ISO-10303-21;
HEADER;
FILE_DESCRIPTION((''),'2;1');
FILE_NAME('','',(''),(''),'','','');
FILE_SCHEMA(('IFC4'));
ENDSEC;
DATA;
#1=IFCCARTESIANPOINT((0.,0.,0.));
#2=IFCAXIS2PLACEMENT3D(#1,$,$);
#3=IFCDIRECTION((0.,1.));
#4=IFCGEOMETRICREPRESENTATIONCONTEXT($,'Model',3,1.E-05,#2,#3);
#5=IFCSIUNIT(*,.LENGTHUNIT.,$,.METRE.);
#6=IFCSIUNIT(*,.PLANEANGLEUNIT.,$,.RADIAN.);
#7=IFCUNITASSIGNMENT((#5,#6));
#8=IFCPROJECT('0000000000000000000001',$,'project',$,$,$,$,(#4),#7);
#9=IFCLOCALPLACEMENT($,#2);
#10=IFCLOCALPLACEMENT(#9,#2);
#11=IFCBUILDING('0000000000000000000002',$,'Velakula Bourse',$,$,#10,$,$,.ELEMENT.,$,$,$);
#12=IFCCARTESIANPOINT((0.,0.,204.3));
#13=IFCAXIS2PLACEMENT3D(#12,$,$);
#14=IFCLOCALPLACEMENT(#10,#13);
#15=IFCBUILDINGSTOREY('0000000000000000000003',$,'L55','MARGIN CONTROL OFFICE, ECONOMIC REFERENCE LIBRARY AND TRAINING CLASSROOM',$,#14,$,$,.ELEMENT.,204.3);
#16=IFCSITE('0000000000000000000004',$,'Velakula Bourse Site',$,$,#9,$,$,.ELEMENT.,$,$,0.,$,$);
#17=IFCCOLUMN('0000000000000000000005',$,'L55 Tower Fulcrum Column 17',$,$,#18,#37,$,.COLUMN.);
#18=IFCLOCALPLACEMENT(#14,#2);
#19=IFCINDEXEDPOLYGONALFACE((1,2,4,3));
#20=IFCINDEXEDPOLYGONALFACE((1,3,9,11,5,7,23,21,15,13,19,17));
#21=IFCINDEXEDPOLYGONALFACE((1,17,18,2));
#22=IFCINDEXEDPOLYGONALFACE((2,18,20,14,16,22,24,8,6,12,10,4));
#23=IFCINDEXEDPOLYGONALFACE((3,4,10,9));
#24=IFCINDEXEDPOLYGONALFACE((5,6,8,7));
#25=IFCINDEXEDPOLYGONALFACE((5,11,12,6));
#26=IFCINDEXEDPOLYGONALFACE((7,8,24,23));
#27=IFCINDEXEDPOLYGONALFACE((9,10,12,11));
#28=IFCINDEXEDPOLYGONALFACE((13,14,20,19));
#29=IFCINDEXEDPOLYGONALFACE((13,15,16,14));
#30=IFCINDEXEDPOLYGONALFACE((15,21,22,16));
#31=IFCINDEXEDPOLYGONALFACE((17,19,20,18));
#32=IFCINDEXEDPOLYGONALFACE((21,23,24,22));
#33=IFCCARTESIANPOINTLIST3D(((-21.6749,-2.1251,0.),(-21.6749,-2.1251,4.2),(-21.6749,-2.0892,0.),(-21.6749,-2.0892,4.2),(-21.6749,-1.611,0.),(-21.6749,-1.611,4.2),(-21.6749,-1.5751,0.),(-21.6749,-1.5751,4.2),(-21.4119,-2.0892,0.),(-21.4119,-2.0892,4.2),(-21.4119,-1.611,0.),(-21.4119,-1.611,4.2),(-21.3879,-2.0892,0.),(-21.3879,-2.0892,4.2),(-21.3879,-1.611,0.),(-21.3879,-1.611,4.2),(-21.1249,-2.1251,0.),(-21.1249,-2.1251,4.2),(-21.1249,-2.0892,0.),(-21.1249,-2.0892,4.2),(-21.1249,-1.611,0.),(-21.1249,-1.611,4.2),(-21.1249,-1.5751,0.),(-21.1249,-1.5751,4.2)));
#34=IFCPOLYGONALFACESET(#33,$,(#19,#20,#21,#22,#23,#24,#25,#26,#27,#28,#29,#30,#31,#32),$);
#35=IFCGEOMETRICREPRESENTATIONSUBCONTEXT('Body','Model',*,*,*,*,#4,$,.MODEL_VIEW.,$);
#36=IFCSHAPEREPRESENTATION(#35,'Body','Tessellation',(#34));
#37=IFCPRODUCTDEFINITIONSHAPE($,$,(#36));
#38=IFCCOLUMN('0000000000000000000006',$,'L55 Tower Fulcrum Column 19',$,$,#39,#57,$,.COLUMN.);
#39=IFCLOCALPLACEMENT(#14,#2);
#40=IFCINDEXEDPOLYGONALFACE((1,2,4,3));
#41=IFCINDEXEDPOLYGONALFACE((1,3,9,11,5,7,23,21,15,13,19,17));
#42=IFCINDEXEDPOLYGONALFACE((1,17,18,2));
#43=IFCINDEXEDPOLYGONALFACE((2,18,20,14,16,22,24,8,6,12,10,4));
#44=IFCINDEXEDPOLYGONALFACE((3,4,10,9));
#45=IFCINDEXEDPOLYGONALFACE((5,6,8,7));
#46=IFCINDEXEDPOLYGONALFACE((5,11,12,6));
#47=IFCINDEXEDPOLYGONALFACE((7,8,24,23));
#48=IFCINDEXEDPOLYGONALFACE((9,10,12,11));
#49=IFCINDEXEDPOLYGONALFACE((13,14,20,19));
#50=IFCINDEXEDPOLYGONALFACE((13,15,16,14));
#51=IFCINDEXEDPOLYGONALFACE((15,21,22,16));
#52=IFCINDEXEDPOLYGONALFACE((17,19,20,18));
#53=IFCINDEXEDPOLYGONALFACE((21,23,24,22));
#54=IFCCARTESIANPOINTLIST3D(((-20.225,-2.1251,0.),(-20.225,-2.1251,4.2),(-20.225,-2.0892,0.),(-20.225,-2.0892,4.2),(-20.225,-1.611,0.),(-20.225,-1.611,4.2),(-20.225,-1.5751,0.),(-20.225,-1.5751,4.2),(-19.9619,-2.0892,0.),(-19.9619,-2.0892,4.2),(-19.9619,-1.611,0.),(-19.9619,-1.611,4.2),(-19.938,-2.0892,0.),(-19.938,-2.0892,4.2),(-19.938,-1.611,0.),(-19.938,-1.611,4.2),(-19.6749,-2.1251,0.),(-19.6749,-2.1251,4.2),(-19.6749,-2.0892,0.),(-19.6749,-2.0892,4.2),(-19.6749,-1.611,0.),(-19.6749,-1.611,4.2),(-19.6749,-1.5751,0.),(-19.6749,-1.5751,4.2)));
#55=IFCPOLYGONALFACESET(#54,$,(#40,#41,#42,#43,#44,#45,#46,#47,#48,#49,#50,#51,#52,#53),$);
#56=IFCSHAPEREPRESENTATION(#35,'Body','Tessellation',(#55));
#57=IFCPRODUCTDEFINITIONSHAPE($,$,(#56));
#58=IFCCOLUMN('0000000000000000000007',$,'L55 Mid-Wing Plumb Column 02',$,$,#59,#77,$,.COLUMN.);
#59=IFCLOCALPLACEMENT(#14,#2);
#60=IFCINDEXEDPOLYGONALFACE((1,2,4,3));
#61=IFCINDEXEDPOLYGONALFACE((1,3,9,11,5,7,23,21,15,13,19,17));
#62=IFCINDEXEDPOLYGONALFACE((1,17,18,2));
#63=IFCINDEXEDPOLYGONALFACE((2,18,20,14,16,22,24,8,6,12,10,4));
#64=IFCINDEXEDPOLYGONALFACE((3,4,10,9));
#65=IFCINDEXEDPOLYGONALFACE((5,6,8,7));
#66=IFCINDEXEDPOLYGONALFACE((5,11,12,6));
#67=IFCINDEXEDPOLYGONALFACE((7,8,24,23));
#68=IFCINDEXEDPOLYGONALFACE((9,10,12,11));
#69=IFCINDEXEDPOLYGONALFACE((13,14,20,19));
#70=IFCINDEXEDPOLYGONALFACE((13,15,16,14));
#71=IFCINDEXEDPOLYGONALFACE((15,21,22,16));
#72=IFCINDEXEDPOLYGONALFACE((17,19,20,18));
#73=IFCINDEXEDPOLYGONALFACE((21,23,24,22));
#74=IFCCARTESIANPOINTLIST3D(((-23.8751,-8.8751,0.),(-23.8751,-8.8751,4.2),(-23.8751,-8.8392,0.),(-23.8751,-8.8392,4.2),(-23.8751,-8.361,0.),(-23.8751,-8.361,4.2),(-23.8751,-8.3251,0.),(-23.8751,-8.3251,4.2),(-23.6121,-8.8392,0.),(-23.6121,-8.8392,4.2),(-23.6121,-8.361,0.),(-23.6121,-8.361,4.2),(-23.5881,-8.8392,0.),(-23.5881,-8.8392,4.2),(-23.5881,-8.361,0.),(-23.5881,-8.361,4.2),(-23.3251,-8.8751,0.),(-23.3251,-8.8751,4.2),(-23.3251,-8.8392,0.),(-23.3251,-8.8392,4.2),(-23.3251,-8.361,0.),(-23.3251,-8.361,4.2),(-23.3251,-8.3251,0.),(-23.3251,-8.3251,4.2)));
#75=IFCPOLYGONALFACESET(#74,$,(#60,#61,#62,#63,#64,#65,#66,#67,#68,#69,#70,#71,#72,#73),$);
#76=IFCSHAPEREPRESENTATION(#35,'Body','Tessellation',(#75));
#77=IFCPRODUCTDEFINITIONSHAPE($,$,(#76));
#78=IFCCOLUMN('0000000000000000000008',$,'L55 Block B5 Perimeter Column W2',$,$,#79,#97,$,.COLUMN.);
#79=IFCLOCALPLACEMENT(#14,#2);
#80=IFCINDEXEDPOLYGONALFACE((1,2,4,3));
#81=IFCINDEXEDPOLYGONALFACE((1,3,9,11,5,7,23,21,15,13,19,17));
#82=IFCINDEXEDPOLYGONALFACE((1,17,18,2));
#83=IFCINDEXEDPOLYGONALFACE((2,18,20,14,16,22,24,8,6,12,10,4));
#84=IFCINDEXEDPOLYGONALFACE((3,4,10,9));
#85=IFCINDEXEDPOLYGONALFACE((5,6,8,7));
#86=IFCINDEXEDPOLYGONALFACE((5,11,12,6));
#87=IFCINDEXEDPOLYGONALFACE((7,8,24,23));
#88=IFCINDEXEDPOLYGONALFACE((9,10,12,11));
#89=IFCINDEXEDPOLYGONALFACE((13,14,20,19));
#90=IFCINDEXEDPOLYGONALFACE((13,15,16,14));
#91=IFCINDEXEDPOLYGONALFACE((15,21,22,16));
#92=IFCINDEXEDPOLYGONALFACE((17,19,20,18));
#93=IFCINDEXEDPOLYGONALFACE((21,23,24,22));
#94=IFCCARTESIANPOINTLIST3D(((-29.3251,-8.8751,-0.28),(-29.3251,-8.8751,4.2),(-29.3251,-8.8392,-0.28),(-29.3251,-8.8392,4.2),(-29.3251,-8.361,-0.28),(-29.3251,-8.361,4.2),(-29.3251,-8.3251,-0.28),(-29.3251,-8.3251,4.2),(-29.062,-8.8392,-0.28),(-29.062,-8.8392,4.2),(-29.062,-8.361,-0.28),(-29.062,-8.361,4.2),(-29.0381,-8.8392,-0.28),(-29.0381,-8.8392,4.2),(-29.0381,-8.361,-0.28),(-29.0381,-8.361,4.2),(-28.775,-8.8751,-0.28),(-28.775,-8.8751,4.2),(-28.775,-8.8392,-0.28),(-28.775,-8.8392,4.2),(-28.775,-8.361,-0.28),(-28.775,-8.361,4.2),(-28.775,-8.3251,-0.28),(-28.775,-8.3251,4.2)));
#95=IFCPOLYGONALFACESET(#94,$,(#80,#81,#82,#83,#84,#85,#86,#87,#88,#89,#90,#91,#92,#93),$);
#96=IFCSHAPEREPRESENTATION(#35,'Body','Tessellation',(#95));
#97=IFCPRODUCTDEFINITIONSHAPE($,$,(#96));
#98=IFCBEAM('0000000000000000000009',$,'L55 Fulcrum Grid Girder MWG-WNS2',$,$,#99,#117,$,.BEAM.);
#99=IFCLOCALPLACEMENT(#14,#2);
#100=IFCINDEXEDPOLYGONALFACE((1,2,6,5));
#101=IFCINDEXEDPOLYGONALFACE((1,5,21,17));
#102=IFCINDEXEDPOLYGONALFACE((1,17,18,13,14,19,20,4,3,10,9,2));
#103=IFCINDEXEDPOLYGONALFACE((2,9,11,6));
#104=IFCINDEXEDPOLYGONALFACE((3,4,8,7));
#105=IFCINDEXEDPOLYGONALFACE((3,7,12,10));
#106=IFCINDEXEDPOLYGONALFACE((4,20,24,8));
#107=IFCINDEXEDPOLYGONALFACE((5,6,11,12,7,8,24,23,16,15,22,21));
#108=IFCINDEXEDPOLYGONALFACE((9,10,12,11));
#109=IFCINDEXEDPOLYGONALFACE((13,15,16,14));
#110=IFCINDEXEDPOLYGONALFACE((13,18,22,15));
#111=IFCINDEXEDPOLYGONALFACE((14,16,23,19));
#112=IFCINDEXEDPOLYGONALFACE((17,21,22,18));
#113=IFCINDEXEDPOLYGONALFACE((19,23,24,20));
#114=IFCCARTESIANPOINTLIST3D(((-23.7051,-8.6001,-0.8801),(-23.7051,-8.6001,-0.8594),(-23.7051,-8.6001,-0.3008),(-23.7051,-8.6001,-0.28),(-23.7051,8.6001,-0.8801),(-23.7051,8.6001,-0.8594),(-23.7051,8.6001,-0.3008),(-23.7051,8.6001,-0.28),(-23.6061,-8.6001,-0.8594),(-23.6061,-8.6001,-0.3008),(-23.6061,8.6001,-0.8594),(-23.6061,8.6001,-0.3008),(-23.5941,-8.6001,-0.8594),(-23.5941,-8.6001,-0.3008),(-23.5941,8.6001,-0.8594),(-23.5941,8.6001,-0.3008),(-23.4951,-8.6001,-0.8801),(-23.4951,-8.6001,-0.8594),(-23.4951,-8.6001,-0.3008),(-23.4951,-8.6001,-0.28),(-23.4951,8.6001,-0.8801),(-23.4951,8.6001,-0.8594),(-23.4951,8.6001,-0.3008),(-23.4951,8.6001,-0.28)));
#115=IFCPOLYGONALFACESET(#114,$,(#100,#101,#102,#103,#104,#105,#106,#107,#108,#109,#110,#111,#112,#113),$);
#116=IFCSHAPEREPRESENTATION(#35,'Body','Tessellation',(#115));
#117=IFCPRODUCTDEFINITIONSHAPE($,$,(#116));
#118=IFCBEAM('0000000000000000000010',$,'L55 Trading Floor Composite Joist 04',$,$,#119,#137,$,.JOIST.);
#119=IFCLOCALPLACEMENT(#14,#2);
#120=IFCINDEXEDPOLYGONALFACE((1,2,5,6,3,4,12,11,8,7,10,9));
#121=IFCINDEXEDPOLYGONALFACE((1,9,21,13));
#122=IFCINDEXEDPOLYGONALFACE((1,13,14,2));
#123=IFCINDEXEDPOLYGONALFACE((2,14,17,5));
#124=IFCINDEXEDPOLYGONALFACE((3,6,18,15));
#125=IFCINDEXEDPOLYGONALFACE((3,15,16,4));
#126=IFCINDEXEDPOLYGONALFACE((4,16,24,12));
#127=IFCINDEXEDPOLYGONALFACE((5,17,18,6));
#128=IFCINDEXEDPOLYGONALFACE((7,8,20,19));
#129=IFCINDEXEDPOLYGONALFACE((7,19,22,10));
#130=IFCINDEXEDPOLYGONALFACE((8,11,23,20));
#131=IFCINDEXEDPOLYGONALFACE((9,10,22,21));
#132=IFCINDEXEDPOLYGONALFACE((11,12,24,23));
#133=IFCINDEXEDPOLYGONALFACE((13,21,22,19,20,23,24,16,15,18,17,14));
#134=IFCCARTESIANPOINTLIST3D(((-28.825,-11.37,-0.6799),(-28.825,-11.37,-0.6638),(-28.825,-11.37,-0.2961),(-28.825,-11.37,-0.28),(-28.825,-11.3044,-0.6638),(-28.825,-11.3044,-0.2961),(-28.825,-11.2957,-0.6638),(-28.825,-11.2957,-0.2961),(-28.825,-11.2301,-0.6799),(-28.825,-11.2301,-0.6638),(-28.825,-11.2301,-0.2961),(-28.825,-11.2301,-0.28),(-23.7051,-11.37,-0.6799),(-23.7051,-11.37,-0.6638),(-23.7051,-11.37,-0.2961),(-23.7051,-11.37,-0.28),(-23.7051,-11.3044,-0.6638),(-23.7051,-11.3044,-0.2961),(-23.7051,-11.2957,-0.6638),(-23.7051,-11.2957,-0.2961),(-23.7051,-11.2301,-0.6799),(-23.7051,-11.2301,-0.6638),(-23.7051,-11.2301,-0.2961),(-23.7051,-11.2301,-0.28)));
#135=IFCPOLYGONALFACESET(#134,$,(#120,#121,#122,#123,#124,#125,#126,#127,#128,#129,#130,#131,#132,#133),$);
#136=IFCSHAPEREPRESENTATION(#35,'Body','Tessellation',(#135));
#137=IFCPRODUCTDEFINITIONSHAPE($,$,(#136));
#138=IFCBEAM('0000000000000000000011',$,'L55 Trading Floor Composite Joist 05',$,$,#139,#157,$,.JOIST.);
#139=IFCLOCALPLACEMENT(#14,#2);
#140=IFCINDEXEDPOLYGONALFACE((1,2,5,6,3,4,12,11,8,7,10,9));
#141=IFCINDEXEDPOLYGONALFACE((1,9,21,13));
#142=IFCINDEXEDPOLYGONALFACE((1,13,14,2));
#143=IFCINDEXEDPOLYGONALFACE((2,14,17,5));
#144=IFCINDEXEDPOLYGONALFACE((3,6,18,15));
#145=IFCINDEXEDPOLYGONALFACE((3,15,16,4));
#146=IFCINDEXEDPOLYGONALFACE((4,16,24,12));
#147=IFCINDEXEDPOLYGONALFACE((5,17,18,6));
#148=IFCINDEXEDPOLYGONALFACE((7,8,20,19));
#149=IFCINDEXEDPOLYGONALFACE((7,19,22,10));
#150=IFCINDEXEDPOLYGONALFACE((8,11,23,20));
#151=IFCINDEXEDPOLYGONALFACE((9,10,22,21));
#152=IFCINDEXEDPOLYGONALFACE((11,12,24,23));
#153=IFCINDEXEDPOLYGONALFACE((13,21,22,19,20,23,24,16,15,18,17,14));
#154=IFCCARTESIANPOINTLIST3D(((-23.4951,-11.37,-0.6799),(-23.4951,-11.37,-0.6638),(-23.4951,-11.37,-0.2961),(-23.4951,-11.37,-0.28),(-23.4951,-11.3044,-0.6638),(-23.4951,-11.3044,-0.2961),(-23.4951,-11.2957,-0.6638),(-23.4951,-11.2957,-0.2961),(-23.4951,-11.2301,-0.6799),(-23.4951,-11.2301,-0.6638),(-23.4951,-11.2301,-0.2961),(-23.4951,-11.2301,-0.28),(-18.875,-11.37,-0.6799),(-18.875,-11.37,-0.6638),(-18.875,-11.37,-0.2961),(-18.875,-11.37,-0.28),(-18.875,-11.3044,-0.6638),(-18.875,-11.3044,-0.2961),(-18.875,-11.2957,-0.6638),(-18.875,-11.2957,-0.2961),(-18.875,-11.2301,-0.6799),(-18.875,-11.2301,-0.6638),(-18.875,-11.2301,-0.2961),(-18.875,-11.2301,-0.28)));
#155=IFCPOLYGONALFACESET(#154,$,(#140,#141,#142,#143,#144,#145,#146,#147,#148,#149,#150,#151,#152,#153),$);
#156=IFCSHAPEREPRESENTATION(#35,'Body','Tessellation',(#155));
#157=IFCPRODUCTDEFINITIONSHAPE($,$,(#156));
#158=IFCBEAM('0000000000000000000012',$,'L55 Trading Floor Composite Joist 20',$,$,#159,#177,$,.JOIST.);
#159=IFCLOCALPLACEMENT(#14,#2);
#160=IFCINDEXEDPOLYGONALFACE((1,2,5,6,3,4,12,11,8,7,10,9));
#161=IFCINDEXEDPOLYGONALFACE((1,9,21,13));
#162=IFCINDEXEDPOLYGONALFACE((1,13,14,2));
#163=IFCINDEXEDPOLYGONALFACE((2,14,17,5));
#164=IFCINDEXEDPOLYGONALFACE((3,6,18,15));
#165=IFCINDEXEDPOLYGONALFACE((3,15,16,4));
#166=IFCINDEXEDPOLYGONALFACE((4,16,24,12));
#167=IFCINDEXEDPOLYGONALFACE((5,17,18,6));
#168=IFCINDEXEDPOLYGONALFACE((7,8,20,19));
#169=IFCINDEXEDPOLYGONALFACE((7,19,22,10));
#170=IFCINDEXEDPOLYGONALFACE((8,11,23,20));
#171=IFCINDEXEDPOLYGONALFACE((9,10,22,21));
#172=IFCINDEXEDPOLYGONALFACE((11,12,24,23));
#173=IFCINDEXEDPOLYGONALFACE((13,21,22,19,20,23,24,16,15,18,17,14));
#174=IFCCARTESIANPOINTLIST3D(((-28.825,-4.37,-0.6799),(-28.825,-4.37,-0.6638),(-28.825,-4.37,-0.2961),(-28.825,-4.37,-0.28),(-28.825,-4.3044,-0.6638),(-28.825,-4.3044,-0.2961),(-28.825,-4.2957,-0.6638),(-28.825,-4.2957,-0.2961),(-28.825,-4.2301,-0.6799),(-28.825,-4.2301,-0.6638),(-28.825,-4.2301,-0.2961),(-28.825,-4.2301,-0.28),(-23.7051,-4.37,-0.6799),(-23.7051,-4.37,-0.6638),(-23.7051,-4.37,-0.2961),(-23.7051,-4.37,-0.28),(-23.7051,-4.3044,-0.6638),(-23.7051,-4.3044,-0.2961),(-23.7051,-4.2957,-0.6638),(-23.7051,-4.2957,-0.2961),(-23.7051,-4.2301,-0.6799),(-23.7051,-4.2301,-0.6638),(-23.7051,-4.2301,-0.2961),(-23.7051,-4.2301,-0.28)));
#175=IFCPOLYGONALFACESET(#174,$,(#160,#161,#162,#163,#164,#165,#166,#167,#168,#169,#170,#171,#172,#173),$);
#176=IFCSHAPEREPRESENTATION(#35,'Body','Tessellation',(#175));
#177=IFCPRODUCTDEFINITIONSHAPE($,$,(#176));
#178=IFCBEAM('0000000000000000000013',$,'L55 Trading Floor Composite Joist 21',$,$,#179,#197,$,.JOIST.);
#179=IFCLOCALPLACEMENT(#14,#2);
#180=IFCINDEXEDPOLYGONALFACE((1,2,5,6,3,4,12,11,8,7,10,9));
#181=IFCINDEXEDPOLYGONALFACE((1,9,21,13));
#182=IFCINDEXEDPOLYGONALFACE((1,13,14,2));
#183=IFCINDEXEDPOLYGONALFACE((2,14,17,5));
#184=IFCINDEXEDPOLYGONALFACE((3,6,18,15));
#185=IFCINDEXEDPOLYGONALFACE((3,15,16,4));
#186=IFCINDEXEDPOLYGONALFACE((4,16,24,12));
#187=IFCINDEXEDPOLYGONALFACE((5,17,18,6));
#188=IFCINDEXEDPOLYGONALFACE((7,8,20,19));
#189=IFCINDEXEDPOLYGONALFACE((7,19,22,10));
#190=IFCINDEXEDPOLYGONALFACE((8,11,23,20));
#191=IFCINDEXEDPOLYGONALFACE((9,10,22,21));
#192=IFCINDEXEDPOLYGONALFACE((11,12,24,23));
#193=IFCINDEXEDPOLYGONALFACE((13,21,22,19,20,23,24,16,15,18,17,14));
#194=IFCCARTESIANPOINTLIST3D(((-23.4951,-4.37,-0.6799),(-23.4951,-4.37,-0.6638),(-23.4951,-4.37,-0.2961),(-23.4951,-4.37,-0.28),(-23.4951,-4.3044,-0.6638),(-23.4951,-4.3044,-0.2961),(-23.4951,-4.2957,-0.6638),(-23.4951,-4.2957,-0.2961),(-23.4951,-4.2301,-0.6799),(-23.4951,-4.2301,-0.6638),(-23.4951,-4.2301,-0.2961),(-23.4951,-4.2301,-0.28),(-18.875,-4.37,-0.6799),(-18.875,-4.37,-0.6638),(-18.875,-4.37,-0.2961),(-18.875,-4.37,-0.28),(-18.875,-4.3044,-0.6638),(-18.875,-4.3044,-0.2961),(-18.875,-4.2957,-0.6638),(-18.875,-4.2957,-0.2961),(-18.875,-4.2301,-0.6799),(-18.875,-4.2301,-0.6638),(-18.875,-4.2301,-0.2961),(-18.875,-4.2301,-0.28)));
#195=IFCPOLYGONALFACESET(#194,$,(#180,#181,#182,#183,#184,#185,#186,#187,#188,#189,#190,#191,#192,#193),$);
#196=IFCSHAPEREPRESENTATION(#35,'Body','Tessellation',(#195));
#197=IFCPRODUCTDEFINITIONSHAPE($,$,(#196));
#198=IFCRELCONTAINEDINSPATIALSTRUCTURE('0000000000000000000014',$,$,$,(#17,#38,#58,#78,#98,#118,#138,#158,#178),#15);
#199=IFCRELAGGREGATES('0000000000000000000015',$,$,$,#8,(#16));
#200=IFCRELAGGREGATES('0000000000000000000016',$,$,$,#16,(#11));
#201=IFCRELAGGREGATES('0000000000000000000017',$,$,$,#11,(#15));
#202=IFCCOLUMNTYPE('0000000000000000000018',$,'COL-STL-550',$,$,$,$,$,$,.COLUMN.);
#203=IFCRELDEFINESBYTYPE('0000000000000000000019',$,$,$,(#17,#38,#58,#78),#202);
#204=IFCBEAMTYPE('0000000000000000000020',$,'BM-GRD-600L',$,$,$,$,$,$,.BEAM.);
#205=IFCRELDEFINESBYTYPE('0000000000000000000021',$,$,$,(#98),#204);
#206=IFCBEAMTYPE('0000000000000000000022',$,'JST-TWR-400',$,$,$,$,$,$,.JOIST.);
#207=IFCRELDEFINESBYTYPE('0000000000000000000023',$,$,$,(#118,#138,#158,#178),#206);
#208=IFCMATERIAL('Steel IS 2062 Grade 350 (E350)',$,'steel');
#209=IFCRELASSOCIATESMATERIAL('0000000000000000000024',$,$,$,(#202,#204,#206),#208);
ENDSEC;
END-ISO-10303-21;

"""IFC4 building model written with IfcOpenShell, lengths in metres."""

from ifc_helpers import new_model, si_unit, direction, frame, origin, origin_2d, place, context, subcontext, project, spatial, i_section, extrude, material, material_profile, profile_set, type_object, element, save


model = new_model("IFC4")

# Units and contexts
model_context = context("Model", 3, precision=1e-05, world=origin(), true_north=direction((0.0, 1.0)))
body_context = subcontext(model_context, "Body", "Model", "MODEL_VIEW")
ifc_project = project(units=[si_unit("LENGTHUNIT", "METRE"), si_unit("PLANEANGLEUNIT", "RADIAN")], contexts=[model_context])

# Site, building, storey
site_placement = place(None, origin())
site = spatial("IfcSite", under=ifc_project, at=site_placement, Name="Velakula Bourse Site", CompositionType="ELEMENT", RefElevation=0.0)
building_placement = place(site_placement, origin())
building = spatial("IfcBuilding", under=site, at=building_placement, Name="Velakula Bourse", CompositionType="ELEMENT")
storey_placement = place(building_placement, frame((0.0, 0.0, 204.3)))
storey = spatial("IfcBuildingStorey", under=building, at=storey_placement, Name="L55", Description="MARGIN CONTROL OFFICE, ECONOMIC REFERENCE LIBRARY AND TRAINING CLASSROOM", CompositionType="ELEMENT", Elevation=204.3)

# Columns
ifc_material_1 = material(Name="Steel IS 2062 Grade 350 (E350)", Category="steel")
ifc_material_profile_1 = material_profile(ifc_material_1, i_section(OverallWidth=0.55, OverallDepth=0.55, WebThickness=0.0239, FlangeThickness=0.0359, at=origin_2d()), Name="Steel IS 2062 Grade 350 (E350)")
ifc_profile_set_1 = profile_set([ifc_material_profile_1], Name="Steel IS 2062 Grade 350 (E350)")
column_type = type_object("IfcColumnType", Name="COL-STL-550", PredefinedType="COLUMN", material=ifc_profile_set_1)
for number, where, z_axis, x_axis, name in (
    (1, (-21.3999, -1.8501, 0.0), (0.0, 0.0, 1.0), (1.0, 0.0, 0.0), "L55 Tower Fulcrum Column 17"),
    (2, (-19.95, -1.8501, 0.0), (0.0, 0.0, 1.0), (1.0, 0.0, 0.0), "L55 Tower Fulcrum Column 19"),
    (3, (-23.6001, -8.6001, 0.0), (0.0, 0.0, 1.0), (1.0, 0.0, 0.0), "L55 Mid-Wing Plumb Column 02"),
):
    element("IfcColumn", number, at=place(storey_placement, frame(where, z_axis=z_axis, x_axis=x_axis)), inside=storey, type_object=column_type, Name=name, PredefinedType="COLUMN", context=body_context, shape_type="SweptSolid", body=[
        extrude(i_section(OverallWidth=0.55, OverallDepth=0.55, WebThickness=0.0239, FlangeThickness=0.0359, at=origin_2d()), origin(), (0.0, 0.0, 1.0), 4.2),
    ])
column_placement = place(storey_placement, frame((-29.05, -8.6001, -0.28), z_axis=(0.0, 0.0, 1.0), x_axis=(1.0, 0.0, 0.0)))
element("IfcColumn", 4, at=column_placement, inside=storey, type_object=column_type, Name="L55 Block B5 Perimeter Column W2", PredefinedType="COLUMN", context=body_context, shape_type="SweptSolid", body=[
    extrude(i_section(OverallWidth=0.55, OverallDepth=0.55, WebThickness=0.0239, FlangeThickness=0.0359, at=origin_2d()), origin(), (0.0, 0.0, 1.0), 4.48),
])

# Beams
ifc_material_profile_2 = material_profile(ifc_material_1, i_section(OverallWidth=0.21, OverallDepth=0.6001, WebThickness=0.012, FlangeThickness=0.0208, at=origin_2d()), Name="Steel IS 2062 Grade 350 (E350)")
ifc_profile_set_2 = profile_set([ifc_material_profile_2], Name="Steel IS 2062 Grade 350 (E350)")
beam_type_1 = type_object("IfcBeamType", Name="BM-GRD-600L", PredefinedType="BEAM", material=ifc_profile_set_2)
beam_1_placement = place(storey_placement, frame((-23.6001, -8.6001, -0.5801), z_axis=(0.0, 1.0, 0.0), x_axis=(-1.0, 0.0, 0.0)))
element("IfcBeam", 5, at=beam_1_placement, inside=storey, type_object=beam_type_1, Name="L55 Fulcrum Grid Girder MWG-WNS2", PredefinedType="BEAM", context=body_context, shape_type="SweptSolid", body=[
    extrude(i_section(OverallWidth=0.21, OverallDepth=0.6001, WebThickness=0.012, FlangeThickness=0.0208, at=origin_2d()), origin(), (0.0, 0.0, 1.0), 17.2002),
])
ifc_material_profile_3 = material_profile(ifc_material_1, i_section(OverallWidth=0.1399, OverallDepth=0.3999, WebThickness=0.0088, FlangeThickness=0.0161, at=origin_2d()), Name="Steel IS 2062 Grade 350 (E350)")
ifc_profile_set_3 = profile_set([ifc_material_profile_3], Name="Steel IS 2062 Grade 350 (E350)")
beam_type_2 = type_object("IfcBeamType", Name="JST-TWR-400", PredefinedType="JOIST", material=ifc_profile_set_3)
beam_2_placement = place(storey_placement, frame((-28.825, -11.3, -0.48), z_axis=(1.0, 0.0, 0.0), x_axis=(0.0, 1.0, 0.0)))
element("IfcBeam", 6, at=beam_2_placement, inside=storey, type_object=beam_type_2, Name="L55 Trading Floor Composite Joist 04", PredefinedType="JOIST", context=body_context, shape_type="SweptSolid", body=[
    extrude(i_section(OverallWidth=0.1399, OverallDepth=0.3999, WebThickness=0.0088, FlangeThickness=0.0161, at=origin_2d()), origin(), (0.0, 0.0, 1.0), 5.1199),
])
beam_3_placement = place(storey_placement, frame((-23.4951, -11.3, -0.48), z_axis=(1.0, 0.0, 0.0), x_axis=(0.0, 1.0, 0.0)))
element("IfcBeam", 7, at=beam_3_placement, inside=storey, type_object=beam_type_2, Name="L55 Trading Floor Composite Joist 05", PredefinedType="JOIST", context=body_context, shape_type="SweptSolid", body=[
    extrude(i_section(OverallWidth=0.1399, OverallDepth=0.3999, WebThickness=0.0088, FlangeThickness=0.0161, at=origin_2d()), origin(), (0.0, 0.0, 1.0), 4.6201),
])
beam_4_placement = place(storey_placement, frame((-28.825, -4.3, -0.48), z_axis=(1.0, 0.0, 0.0), x_axis=(0.0, 1.0, 0.0)))
element("IfcBeam", 8, at=beam_4_placement, inside=storey, type_object=beam_type_2, Name="L55 Trading Floor Composite Joist 20", PredefinedType="JOIST", context=body_context, shape_type="SweptSolid", body=[
    extrude(i_section(OverallWidth=0.1399, OverallDepth=0.3999, WebThickness=0.0088, FlangeThickness=0.0161, at=origin_2d()), origin(), (0.0, 0.0, 1.0), 5.1199),
])
beam_5_placement = place(storey_placement, frame((-23.4951, -4.3, -0.48), z_axis=(1.0, 0.0, 0.0), x_axis=(0.0, 1.0, 0.0)))
element("IfcBeam", 9, at=beam_5_placement, inside=storey, type_object=beam_type_2, Name="L55 Trading Floor Composite Joist 21", PredefinedType="JOIST", context=body_context, shape_type="SweptSolid", body=[
    extrude(i_section(OverallWidth=0.1399, OverallDepth=0.3999, WebThickness=0.0088, FlangeThickness=0.0161, at=origin_2d()), origin(), (0.0, 0.0, 1.0), 4.6201),
])

save(model, "model.ifc")
